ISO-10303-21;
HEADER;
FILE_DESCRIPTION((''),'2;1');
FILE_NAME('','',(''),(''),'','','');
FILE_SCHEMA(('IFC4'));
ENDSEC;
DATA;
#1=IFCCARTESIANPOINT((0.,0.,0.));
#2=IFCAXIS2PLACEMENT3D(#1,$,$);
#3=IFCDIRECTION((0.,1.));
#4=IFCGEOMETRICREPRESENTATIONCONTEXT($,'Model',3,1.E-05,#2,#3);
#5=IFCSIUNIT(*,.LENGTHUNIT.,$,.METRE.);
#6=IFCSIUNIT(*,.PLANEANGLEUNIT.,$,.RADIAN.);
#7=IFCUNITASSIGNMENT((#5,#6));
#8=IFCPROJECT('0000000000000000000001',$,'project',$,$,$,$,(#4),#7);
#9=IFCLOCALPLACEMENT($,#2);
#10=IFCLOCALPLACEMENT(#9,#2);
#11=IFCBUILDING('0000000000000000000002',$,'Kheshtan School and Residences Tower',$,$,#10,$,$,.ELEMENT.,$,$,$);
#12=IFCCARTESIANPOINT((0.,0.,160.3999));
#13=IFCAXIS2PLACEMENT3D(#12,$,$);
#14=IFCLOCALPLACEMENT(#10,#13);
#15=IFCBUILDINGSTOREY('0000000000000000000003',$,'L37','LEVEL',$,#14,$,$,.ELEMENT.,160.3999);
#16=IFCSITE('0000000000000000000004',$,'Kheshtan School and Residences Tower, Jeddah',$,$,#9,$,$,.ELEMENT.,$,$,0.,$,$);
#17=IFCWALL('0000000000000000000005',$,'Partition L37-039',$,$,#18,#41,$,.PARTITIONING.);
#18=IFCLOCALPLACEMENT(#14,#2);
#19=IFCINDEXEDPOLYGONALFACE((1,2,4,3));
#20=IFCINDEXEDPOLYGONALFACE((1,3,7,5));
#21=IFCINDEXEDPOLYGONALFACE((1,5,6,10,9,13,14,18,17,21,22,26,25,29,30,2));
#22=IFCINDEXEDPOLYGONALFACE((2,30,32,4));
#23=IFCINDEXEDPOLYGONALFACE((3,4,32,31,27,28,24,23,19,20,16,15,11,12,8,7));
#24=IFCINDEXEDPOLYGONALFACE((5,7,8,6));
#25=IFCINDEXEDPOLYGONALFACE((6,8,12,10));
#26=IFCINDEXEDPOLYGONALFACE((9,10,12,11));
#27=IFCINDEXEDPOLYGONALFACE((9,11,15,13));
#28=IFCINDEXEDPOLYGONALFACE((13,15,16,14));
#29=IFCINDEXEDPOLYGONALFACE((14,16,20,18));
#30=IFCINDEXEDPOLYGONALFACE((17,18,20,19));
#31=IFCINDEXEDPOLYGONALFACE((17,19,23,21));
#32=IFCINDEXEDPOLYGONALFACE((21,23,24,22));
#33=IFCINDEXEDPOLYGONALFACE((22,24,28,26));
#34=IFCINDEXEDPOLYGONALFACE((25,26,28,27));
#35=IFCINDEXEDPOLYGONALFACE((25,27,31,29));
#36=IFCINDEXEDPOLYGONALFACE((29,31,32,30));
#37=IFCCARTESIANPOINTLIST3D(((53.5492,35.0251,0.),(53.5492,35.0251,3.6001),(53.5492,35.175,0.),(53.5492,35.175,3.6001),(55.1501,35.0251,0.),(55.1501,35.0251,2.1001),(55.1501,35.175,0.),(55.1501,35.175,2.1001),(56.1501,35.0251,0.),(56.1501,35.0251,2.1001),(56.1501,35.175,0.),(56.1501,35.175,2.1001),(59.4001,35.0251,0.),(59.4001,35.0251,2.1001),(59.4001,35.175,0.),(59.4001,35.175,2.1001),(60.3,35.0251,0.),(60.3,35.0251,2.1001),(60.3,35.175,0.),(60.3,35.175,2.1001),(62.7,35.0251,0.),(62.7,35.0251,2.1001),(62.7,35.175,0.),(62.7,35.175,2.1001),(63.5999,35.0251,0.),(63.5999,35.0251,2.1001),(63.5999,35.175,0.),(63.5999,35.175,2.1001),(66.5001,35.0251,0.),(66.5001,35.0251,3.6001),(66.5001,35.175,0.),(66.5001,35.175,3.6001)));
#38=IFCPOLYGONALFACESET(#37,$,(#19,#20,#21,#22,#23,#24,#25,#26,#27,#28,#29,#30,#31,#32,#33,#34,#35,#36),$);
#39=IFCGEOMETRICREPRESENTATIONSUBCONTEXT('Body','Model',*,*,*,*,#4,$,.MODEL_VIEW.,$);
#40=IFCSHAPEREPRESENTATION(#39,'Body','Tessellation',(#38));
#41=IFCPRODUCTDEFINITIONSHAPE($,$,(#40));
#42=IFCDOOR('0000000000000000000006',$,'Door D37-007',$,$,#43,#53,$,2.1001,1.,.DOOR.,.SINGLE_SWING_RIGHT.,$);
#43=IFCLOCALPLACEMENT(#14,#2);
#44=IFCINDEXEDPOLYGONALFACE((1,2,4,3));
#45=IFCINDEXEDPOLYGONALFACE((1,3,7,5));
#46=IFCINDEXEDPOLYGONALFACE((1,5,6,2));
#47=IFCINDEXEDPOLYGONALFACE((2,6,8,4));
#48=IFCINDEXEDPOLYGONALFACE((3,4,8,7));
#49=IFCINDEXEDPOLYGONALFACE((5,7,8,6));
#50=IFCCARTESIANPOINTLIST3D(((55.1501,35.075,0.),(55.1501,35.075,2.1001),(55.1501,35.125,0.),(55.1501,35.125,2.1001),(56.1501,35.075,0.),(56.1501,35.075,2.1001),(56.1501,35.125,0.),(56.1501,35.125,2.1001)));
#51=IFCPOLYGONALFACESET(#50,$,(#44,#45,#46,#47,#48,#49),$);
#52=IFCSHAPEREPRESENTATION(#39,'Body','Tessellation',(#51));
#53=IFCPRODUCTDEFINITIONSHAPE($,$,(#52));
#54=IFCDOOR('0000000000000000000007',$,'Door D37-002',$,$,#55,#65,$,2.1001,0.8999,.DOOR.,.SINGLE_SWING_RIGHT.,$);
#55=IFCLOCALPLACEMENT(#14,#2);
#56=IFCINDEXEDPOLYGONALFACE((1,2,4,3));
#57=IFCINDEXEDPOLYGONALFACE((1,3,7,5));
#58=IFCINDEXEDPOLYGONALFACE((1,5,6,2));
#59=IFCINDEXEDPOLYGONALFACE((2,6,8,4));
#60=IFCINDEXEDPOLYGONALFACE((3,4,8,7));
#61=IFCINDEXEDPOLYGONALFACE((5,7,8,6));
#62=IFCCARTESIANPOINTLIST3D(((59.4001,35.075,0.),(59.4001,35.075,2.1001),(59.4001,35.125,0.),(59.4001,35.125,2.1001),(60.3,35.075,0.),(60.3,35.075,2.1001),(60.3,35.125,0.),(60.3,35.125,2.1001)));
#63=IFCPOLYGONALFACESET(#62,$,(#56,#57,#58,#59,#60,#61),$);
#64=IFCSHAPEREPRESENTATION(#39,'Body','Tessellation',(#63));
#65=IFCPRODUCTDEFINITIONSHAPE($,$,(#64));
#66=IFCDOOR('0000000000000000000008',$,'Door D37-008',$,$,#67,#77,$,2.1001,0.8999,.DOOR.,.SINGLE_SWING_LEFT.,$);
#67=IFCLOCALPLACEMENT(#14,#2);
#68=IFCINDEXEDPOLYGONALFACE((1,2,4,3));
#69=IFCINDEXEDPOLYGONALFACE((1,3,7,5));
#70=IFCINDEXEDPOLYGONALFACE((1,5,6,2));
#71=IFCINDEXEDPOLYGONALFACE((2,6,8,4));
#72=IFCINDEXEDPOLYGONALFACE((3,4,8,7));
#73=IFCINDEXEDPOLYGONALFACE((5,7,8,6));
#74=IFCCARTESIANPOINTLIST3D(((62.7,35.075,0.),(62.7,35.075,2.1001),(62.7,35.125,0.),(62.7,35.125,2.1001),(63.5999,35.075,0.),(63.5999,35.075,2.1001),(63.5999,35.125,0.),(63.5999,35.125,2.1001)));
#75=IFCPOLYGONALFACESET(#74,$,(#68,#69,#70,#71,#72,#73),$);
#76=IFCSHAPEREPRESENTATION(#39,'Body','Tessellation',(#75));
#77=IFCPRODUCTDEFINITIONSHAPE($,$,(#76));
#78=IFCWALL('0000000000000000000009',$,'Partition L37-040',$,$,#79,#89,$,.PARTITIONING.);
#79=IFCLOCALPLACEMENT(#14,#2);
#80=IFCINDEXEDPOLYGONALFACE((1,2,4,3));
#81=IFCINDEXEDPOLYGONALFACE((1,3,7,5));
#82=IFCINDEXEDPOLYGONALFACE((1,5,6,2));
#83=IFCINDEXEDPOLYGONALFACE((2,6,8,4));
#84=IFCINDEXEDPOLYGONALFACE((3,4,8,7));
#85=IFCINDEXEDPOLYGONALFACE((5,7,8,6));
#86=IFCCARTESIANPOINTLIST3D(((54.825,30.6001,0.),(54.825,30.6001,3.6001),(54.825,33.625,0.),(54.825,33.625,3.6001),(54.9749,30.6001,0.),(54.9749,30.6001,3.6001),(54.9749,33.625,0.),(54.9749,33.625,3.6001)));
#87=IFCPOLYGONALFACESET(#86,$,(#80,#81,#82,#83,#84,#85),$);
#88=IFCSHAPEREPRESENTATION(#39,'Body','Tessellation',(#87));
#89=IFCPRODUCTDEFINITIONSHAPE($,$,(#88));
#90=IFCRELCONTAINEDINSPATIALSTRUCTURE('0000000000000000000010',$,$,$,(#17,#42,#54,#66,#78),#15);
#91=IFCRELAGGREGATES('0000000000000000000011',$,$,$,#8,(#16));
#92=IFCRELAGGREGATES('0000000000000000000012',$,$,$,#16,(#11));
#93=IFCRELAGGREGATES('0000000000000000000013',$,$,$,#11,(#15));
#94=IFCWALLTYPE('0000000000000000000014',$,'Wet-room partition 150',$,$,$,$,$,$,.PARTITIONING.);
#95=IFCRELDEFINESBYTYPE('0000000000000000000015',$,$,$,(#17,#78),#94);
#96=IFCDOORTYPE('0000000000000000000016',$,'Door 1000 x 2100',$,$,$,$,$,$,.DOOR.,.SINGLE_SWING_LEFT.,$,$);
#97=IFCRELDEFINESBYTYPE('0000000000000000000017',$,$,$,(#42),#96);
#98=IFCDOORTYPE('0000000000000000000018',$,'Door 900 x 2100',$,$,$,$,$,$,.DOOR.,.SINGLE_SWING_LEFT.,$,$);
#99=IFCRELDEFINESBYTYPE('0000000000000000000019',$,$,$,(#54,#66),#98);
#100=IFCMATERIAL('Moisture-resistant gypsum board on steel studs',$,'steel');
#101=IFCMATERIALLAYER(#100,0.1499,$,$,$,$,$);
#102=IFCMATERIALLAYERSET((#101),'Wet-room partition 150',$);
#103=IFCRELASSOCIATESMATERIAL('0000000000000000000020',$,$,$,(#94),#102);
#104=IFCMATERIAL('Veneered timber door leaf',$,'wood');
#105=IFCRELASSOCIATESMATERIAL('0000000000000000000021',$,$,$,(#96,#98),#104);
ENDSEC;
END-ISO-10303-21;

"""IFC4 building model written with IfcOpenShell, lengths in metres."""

from ifc_helpers import new_model, si_unit, direction, frame, frame_2d, origin, place, context, subcontext, project, spatial, rectangle, extrude, source, transform, mapped, material, layer, layer_set, type_object, element, fill, save


model = new_model("IFC4")

# Units and contexts
model_context = context("Model", 3, precision=1e-05, world=origin(), true_north=direction((0.0, 1.0)))
body_context = subcontext(model_context, "Body", "Model", "MODEL_VIEW")
ifc_project = project(units=[si_unit("LENGTHUNIT", "METRE"), si_unit("PLANEANGLEUNIT", "RADIAN")], contexts=[model_context])

# Site, building, storey
site_placement = place(None, origin())
site = spatial("IfcSite", under=ifc_project, at=site_placement, Name="Kheshtan School and Residences Tower, Jeddah", CompositionType="ELEMENT", RefElevation=0.0)
building_placement = place(site_placement, origin())
building = spatial("IfcBuilding", under=site, at=building_placement, Name="Kheshtan School and Residences Tower", CompositionType="ELEMENT")
storey_placement = place(building_placement, frame((0.0, 0.0, 160.3999)))
storey = spatial("IfcBuildingStorey", under=building, at=storey_placement, Name="L37", Description="LEVEL", CompositionType="ELEMENT", Elevation=160.3999)

# Wall, openings, doors
ifc_material_1 = material(Name="Moisture-resistant gypsum board on steel studs", Category="steel")
ifc_layer_1 = layer(ifc_material_1, 0.1499)
ifc_layer_set_1 = layer_set([ifc_layer_1], Name="Wet-room partition 150")
wall_type_1 = type_object("IfcWallType", Name="Wet-room partition 150", PredefinedType="PARTITIONING", material=ifc_layer_set_1)
ifc_material_2 = material(Name="Veneered timber door leaf", Category="wood")
wall_1_placement = place(storey_placement, frame((53.5491, 35.1001, 0.0), z_axis=(0.0, 0.0, 1.0), x_axis=(1.0, 0.0, 0.0)))
wall_1 = element("IfcWall", 1, at=wall_1_placement, inside=storey, type_object=wall_type_1, Name="Partition L37-039", PredefinedType="PARTITIONING", context=body_context, shape_type="SweptSolid", body=[
    extrude(rectangle(XDim=12.9509, YDim=0.1499, at=frame_2d((6.4756, 0.0))), origin(), (0.0, 0.0, 1.0), 3.6001),
])
opening_1_placement = place(wall_1_placement, frame((5.8511, 0.0, 0.0)))
opening_1 = element("IfcOpeningElement", 2, at=opening_1_placement, cuts=wall_1, PredefinedType="OPENING", context=body_context, shape_type="SweptSolid", body=[
    extrude(rectangle(XDim=0.8999, YDim=2.1001, at=frame_2d((0.45, 1.05))), frame((0.0, 0.085, 0.0), z_axis=(0.0, -1.0, 0.0), x_axis=(1.0, 0.0, 0.0)), (0.0, 0.0, 1.0), 0.1699),
])
opening_2_placement = place(wall_1_placement, frame((1.6011, 0.0, 0.0)))
opening_2 = element("IfcOpeningElement", 3, at=opening_2_placement, cuts=wall_1, PredefinedType="OPENING", context=body_context, shape_type="SweptSolid", body=[
    extrude(rectangle(XDim=1.0, YDim=2.1001, at=frame_2d((0.5, 1.05))), frame((0.0, 0.085, 0.0), z_axis=(0.0, -1.0, 0.0), x_axis=(1.0, 0.0, 0.0)), (0.0, 0.0, 1.0), 0.1699),
])
opening_3_placement = place(wall_1_placement, frame((9.1509, 0.0, 0.0)))
opening_3 = element("IfcOpeningElement", 4, at=opening_3_placement, cuts=wall_1, PredefinedType="OPENING", context=body_context, shape_type="SweptSolid", body=[
    extrude(rectangle(XDim=0.8999, YDim=2.1001, at=frame_2d((0.45, 1.05))), frame((0.0, 0.085, 0.0), z_axis=(0.0, -1.0, 0.0), x_axis=(1.0, 0.0, 0.0)), (0.0, 0.0, 1.0), 0.1699),
])
door_type_1 = type_object("IfcDoorType", Name="Door 1000 x 2100", OperationType="SINGLE_SWING_LEFT", PredefinedType="DOOR", material=ifc_material_2)
shared_shape_1 = source(origin(), body_context, "Body", "SweptSolid", [
    extrude(rectangle(XDim=1.0, YDim=2.1001, at=frame_2d((0.5, 1.05))), frame((0.0, 0.0249, 0.0), z_axis=(0.0, -1.0, 0.0), x_axis=(1.0, 0.0, 0.0)), (0.0, 0.0, 1.0), 0.05),
])
door_1_placement = place(opening_2_placement, origin())
door_1 = element("IfcDoor", 5, at=door_1_placement, inside=storey, type_object=door_type_1, Name="Door D37-007", OperationType="SINGLE_SWING_RIGHT", OverallHeight=2.1001, OverallWidth=1.0, PredefinedType="DOOR", context=body_context, shape_type="MappedRepresentation", body=[
    mapped(shared_shape_1, transform((0.0, 0.0, 0.0), x_axis=(1.0, 0.0, 0.0), y_axis=(0.0, 1.0, 0.0), z_axis=(0.0, 0.0, 1.0), scale=1.0)),
])
fill(opening_2, door_1)
door_type_2 = type_object("IfcDoorType", Name="Door 900 x 2100", OperationType="SINGLE_SWING_LEFT", PredefinedType="DOOR", material=ifc_material_2)
shared_shape_2 = source(origin(), body_context, "Body", "SweptSolid", [
    extrude(rectangle(XDim=0.8999, YDim=2.1001, at=frame_2d((0.45, 1.05))), frame((0.0, 0.0249, 0.0), z_axis=(0.0, -1.0, 0.0), x_axis=(1.0, 0.0, 0.0)), (0.0, 0.0, 1.0), 0.05),
])
door_2_placement = place(opening_1_placement, origin())
door_2 = element("IfcDoor", 6, at=door_2_placement, inside=storey, type_object=door_type_2, Name="Door D37-002", OperationType="SINGLE_SWING_RIGHT", OverallHeight=2.1001, OverallWidth=0.8999, PredefinedType="DOOR", context=body_context, shape_type="MappedRepresentation", body=[
    mapped(shared_shape_2, transform((0.0, 0.0, 0.0), x_axis=(1.0, 0.0, 0.0), y_axis=(0.0, 1.0, 0.0), z_axis=(0.0, 0.0, 1.0), scale=1.0)),
])
fill(opening_1, door_2)
door_3_placement = place(opening_3_placement, origin())
door_3 = element("IfcDoor", 7, at=door_3_placement, inside=storey, type_object=door_type_2, Name="Door D37-008", OperationType="SINGLE_SWING_LEFT", OverallHeight=2.1001, OverallWidth=0.8999, PredefinedType="DOOR", context=body_context, shape_type="MappedRepresentation", body=[
    mapped(shared_shape_2, transform((0.0, 0.0, 0.0), x_axis=(1.0, 0.0, 0.0), y_axis=(0.0, 1.0, 0.0), z_axis=(0.0, 0.0, 1.0), scale=1.0)),
])
fill(opening_3, door_3)

# Wall
wall_2_placement = place(storey_placement, frame((54.8999, 30.6001, 0.0), z_axis=(0.0, 0.0, 1.0), x_axis=(0.0, 1.0, 0.0)))
element("IfcWall", 8, at=wall_2_placement, inside=storey, type_object=wall_type_1, Name="Partition L37-040", PredefinedType="PARTITIONING", context=body_context, shape_type="SweptSolid", body=[
    extrude(rectangle(XDim=3.0249, YDim=0.1499, at=frame_2d((1.5125, 0.0))), origin(), (0.0, 0.0, 1.0), 3.6001),
])

save(model, "model.ifc")
